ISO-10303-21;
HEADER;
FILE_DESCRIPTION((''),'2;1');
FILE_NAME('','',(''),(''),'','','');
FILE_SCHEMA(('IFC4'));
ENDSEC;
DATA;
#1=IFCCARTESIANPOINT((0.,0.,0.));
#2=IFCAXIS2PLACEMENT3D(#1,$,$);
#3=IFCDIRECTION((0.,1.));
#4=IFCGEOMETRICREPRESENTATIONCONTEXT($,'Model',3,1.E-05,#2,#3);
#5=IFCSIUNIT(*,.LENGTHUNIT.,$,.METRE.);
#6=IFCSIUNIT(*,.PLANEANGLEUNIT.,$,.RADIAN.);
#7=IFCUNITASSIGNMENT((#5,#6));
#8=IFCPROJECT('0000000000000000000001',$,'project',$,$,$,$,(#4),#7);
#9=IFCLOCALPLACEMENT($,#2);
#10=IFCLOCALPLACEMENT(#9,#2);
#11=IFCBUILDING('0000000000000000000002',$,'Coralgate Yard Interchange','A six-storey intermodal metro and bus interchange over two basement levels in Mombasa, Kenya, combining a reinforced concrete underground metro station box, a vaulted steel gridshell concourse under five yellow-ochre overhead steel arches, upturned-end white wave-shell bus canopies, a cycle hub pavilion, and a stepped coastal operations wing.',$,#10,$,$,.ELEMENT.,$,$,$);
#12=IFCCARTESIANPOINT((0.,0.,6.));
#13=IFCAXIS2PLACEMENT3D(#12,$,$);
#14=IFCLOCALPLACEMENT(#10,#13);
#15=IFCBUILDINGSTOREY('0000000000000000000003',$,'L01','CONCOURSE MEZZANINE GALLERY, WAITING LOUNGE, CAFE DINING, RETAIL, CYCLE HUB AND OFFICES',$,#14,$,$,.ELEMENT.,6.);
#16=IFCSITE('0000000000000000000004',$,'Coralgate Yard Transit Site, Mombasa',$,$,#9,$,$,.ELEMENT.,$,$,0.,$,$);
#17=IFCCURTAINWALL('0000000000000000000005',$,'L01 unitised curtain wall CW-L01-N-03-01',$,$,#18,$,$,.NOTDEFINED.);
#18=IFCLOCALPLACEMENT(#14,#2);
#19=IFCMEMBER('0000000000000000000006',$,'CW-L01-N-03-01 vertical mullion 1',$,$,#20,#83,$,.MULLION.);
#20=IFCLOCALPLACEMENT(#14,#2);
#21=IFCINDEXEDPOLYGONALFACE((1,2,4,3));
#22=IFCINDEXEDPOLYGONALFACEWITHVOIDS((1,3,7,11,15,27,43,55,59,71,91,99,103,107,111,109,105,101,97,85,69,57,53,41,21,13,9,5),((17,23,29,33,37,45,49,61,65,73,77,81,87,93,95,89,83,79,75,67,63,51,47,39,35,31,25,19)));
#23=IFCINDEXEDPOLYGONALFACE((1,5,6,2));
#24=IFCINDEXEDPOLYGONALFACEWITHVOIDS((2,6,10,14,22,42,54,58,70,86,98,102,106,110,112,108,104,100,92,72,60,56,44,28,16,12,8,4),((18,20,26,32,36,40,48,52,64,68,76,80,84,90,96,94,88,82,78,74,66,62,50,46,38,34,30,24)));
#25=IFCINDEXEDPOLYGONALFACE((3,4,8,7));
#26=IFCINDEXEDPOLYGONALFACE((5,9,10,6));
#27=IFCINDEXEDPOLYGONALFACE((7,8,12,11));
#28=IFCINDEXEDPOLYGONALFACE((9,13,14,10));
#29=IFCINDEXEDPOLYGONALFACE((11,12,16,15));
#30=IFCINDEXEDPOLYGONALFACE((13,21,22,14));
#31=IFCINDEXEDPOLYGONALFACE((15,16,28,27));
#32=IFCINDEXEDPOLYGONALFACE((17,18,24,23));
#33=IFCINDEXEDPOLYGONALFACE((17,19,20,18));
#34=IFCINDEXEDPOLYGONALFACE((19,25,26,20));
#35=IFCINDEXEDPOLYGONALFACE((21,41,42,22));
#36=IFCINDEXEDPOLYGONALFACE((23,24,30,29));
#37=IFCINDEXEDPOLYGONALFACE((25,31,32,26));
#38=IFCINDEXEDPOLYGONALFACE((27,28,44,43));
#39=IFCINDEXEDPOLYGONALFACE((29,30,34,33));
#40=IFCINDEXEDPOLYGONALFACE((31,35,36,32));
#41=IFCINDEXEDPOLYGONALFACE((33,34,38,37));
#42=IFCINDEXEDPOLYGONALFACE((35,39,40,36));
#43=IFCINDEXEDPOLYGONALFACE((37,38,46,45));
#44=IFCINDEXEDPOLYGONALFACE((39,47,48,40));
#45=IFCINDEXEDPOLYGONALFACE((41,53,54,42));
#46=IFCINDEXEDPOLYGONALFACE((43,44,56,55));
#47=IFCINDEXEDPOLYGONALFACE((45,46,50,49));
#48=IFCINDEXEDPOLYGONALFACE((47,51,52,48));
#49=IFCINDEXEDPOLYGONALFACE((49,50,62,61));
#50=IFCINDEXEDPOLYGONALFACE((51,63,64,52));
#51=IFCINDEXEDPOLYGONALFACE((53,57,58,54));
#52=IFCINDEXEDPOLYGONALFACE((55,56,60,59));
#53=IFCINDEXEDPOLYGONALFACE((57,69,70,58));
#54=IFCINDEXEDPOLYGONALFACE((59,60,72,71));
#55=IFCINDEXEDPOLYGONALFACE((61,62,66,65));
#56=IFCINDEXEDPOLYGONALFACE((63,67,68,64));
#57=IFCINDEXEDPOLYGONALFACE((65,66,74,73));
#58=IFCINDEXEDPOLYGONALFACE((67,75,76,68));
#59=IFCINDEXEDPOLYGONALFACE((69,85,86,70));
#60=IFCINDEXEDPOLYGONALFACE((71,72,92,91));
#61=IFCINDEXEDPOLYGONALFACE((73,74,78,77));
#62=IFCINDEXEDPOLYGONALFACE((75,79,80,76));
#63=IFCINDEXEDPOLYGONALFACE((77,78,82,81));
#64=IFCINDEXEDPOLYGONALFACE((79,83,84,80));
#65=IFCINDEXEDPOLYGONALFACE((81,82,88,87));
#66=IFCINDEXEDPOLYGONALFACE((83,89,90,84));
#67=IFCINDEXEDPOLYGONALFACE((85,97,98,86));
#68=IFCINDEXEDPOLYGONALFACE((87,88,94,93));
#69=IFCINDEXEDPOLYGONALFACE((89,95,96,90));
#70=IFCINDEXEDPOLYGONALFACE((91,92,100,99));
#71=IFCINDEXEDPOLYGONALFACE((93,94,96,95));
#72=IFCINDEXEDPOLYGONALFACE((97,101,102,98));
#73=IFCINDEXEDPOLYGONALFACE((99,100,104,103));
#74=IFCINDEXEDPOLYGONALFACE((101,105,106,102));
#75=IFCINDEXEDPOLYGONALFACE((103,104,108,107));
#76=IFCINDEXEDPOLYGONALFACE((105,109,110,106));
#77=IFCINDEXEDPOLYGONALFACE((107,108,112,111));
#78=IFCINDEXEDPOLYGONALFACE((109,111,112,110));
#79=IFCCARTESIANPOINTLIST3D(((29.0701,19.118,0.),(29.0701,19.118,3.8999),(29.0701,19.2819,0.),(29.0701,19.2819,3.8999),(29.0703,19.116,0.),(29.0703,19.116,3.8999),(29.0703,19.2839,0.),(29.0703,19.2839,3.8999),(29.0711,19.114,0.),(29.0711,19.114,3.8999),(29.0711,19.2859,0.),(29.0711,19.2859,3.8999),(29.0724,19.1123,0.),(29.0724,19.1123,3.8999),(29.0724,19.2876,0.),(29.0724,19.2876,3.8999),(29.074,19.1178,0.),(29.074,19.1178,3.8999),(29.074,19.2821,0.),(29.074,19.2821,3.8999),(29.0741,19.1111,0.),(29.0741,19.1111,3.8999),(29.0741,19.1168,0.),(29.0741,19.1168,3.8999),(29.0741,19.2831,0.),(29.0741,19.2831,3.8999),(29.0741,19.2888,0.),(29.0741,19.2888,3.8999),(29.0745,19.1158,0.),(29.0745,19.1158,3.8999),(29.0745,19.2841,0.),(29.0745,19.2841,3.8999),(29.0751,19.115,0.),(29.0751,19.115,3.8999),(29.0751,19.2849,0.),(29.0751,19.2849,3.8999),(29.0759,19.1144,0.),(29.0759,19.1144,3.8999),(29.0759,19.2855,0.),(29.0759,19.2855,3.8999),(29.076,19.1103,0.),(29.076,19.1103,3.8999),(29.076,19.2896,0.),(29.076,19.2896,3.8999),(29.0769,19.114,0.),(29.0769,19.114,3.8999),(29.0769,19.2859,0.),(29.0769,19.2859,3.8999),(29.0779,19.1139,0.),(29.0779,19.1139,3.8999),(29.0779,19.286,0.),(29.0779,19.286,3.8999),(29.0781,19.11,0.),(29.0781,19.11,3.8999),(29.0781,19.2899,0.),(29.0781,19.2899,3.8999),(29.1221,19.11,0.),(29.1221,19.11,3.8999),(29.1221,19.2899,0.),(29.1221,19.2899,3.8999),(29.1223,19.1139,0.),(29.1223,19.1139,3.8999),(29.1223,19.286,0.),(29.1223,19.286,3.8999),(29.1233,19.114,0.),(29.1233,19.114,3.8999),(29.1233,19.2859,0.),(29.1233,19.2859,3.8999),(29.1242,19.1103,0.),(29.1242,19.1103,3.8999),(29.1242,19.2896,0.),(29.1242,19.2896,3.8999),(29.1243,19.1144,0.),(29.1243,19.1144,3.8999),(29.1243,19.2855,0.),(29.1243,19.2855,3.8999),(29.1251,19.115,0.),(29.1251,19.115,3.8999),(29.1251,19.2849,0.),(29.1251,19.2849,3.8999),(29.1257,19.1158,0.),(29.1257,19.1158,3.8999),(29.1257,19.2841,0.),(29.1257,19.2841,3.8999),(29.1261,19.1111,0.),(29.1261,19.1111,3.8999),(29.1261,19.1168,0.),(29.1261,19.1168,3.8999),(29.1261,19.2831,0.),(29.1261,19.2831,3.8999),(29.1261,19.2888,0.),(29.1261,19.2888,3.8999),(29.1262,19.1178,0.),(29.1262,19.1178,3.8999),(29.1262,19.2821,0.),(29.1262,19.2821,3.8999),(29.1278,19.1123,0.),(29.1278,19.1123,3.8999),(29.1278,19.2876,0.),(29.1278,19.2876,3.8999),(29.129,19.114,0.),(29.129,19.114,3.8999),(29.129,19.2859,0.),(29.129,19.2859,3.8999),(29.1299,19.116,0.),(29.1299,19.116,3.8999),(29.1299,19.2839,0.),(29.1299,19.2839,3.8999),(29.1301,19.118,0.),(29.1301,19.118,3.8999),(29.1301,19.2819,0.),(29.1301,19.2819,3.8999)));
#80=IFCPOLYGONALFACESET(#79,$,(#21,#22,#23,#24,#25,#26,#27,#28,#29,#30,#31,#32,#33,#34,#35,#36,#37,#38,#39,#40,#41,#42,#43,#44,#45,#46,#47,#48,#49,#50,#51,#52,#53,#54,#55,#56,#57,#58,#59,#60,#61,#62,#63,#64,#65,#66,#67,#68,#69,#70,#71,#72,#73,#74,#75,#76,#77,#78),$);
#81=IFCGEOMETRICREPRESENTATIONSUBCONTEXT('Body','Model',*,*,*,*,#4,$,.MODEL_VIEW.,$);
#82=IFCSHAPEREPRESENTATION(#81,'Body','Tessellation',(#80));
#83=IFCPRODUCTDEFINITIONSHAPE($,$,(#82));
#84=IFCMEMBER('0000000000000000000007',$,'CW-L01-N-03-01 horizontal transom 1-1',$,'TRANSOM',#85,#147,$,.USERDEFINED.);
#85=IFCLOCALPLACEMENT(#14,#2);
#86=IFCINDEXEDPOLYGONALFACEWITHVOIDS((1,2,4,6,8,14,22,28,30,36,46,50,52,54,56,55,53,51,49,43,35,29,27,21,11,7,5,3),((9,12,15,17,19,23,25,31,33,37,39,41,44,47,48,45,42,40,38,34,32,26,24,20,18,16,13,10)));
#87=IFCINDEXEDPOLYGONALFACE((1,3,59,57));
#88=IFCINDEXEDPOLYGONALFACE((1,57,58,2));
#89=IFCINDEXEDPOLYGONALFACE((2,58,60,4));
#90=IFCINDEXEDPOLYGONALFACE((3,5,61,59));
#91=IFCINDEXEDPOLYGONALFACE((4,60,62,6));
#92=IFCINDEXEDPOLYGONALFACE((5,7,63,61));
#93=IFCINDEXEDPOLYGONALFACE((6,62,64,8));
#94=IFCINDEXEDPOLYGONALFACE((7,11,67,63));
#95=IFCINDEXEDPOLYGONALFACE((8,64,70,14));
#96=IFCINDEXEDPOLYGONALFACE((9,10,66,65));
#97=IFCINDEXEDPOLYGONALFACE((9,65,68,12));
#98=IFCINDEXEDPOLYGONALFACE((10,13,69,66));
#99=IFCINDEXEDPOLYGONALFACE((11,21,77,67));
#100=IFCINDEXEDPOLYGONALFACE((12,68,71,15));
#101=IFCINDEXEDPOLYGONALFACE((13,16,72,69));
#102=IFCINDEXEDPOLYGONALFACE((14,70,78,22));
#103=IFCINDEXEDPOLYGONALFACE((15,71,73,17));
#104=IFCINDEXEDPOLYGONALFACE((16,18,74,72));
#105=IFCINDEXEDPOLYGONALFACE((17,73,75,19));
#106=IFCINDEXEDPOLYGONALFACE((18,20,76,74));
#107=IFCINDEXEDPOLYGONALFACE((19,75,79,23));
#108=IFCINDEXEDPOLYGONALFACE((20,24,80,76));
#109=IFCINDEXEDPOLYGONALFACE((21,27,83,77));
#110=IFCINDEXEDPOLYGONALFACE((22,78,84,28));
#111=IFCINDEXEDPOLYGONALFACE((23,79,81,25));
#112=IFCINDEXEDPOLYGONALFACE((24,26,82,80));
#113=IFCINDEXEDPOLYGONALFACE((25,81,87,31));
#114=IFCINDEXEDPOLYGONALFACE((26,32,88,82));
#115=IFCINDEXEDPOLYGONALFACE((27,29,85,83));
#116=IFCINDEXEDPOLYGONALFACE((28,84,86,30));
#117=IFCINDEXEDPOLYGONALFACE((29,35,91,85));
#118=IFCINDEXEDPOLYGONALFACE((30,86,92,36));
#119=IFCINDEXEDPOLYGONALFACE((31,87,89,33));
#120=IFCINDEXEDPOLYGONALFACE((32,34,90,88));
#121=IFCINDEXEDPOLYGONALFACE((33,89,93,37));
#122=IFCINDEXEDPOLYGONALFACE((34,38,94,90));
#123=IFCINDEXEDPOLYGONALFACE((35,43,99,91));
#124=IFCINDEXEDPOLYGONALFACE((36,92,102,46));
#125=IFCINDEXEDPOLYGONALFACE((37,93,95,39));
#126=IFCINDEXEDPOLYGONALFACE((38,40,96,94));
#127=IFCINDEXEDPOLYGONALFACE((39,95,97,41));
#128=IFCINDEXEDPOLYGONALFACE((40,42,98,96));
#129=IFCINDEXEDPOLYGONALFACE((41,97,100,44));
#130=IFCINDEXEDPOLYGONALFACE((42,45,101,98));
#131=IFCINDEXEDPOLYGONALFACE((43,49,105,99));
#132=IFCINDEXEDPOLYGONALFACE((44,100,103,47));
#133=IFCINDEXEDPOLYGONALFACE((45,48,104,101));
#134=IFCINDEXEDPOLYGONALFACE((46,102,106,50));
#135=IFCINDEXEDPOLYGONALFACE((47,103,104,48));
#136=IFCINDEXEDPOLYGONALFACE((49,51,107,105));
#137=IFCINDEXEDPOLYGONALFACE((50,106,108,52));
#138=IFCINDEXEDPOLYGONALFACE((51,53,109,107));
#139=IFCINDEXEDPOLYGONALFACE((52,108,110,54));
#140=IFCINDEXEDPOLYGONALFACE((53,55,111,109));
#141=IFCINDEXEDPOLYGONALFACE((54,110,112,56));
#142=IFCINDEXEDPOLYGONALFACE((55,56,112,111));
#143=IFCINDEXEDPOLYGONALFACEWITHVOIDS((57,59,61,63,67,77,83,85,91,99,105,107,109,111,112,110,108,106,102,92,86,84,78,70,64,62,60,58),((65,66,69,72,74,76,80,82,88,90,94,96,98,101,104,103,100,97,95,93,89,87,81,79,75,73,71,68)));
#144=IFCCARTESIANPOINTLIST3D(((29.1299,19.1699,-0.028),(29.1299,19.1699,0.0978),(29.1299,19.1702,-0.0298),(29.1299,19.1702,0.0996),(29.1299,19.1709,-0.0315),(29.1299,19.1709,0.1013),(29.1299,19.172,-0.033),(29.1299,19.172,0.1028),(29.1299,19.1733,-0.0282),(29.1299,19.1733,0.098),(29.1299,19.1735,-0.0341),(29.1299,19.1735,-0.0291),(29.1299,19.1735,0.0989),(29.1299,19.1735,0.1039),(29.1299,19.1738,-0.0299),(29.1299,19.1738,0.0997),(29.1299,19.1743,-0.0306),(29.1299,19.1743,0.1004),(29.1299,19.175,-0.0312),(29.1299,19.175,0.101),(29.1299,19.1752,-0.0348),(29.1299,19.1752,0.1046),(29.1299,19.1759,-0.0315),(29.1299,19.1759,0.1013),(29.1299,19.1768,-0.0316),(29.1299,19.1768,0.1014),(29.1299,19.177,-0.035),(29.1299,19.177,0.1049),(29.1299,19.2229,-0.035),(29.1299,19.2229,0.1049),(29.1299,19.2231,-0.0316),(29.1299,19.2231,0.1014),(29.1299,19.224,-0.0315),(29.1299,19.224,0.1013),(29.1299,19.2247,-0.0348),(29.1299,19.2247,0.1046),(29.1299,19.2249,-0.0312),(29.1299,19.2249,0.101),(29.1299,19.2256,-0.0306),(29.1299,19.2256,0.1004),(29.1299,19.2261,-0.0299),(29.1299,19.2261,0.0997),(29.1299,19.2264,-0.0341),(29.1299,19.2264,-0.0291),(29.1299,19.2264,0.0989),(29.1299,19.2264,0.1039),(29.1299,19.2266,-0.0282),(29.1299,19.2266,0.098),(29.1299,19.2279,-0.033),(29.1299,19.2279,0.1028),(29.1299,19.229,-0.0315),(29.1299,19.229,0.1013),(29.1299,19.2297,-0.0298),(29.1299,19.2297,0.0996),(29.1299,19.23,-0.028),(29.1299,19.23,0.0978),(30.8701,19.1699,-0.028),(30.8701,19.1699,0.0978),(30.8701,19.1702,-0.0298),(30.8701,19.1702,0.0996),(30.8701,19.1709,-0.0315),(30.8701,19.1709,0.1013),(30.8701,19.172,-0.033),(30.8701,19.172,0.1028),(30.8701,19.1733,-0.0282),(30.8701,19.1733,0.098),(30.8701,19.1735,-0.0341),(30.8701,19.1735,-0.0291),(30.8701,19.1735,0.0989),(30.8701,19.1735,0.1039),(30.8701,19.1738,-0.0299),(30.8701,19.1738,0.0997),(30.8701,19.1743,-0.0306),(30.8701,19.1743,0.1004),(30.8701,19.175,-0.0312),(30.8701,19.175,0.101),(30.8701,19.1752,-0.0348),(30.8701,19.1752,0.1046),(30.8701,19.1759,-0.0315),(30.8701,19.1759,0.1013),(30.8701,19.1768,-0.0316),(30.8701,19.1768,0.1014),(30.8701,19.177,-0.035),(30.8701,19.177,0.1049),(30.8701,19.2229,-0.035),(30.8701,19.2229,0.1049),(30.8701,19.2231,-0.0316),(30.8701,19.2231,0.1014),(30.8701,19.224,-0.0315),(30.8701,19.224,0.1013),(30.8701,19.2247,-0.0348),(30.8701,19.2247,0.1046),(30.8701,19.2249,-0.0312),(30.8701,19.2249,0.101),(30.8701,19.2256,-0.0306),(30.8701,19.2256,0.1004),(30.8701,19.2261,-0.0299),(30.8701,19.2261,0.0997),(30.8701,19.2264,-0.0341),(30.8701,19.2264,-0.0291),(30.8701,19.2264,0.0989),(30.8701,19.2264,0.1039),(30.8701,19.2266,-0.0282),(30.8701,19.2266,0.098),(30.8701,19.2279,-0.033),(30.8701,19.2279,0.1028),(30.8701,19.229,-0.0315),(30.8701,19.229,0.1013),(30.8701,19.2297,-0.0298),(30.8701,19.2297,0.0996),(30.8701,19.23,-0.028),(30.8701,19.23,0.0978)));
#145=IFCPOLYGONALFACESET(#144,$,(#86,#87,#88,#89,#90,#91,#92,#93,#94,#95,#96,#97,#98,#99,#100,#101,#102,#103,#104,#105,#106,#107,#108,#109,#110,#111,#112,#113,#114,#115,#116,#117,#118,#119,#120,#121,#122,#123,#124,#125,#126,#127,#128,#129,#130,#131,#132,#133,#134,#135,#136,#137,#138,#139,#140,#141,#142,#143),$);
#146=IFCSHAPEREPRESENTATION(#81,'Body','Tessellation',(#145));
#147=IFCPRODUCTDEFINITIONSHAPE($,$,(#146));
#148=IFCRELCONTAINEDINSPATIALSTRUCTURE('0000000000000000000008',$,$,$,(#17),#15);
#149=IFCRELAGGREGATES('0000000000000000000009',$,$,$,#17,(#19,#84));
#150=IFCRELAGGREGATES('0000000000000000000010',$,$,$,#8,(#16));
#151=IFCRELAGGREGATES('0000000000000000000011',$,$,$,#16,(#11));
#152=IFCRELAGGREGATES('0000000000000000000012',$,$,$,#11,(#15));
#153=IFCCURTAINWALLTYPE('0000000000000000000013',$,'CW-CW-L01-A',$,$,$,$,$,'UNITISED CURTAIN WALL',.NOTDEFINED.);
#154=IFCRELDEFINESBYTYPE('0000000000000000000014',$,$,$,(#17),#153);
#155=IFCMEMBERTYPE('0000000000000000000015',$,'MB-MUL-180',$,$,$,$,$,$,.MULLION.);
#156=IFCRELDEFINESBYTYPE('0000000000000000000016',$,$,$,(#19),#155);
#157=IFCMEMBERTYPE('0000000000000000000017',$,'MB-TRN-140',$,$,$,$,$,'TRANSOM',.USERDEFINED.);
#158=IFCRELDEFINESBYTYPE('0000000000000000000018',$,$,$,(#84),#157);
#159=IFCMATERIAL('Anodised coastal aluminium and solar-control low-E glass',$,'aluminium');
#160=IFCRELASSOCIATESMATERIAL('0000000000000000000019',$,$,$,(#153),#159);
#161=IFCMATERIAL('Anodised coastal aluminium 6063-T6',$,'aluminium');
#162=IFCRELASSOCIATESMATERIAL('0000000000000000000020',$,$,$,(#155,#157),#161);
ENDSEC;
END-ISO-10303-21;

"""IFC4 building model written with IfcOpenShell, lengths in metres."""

from ifc_helpers import new_model, si_unit, direction, frame, origin, origin_2d, place, context, subcontext, project, spatial, hollow_rectangle, extrude, material, material_profile, profile_set, type_object, element, aggregate, save


model = new_model("IFC4")

# Units and contexts
model_context = context("Model", 3, precision=1e-05, world=origin(), true_north=direction((0.0, 1.0)))
body_context = subcontext(model_context, "Body", "Model", "MODEL_VIEW")
ifc_project = project(units=[si_unit("LENGTHUNIT", "METRE"), si_unit("PLANEANGLEUNIT", "RADIAN")], contexts=[model_context])

# Site, building, storey
site_placement = place(None, origin())
site = spatial("IfcSite", under=ifc_project, at=site_placement, Name="Coralgate Yard Transit Site, Mombasa", CompositionType="ELEMENT", RefElevation=0.0)
building_placement = place(site_placement, origin())
building = spatial("IfcBuilding", under=site, at=building_placement, Name="Coralgate Yard Interchange", Description="A six-storey intermodal metro and bus interchange over two basement levels in Mombasa, Kenya, combining a reinforced concrete underground metro station box, a vaulted steel gridshell concourse under five yellow-ochre overhead steel arches, upturned-end white wave-shell bus canopies, a cycle hub pavilion, and a stepped coastal operations wing.", CompositionType="ELEMENT")
storey_placement = place(building_placement, frame((0.0, 0.0, 6.0)))
storey = spatial("IfcBuildingStorey", under=building, at=storey_placement, Name="L01", Description="CONCOURSE MEZZANINE GALLERY, WAITING LOUNGE, CAFE DINING, RETAIL, CYCLE HUB AND OFFICES", CompositionType="ELEMENT", Elevation=6.0)

# Curtain wall, members
ifc_material_1 = material(Name="Anodised coastal aluminium and solar-control low-E glass", Category="aluminium")
curtain_wall_type = type_object("IfcCurtainWallType", Name="CW-CW-L01-A", ElementType="UNITISED CURTAIN WALL", PredefinedType="NOTDEFINED", material=ifc_material_1)
curtain_wall_placement = place(storey_placement, origin())
curtain_wall = element("IfcCurtainWall", 1, at=curtain_wall_placement, inside=storey, type_object=curtain_wall_type, Name="L01 unitised curtain wall CW-L01-N-03-01", PredefinedType="NOTDEFINED")
ifc_material_2 = material(Name="Anodised coastal aluminium 6063-T6", Category="aluminium")
ifc_material_profile_1 = material_profile(ifc_material_2, hollow_rectangle(XDim=0.0601, YDim=0.1799, WallThickness=0.0039, InnerFilletRadius=0.0039, OuterFilletRadius=0.0081, at=origin_2d()), Name="ALU 60x180x4")
ifc_profile_set_1 = profile_set([ifc_material_profile_1], Name="Anodised coastal aluminium 6063-T6")
member_type_1 = type_object("IfcMemberType", Name="MB-MUL-180", PredefinedType="MULLION", material=ifc_profile_set_1)
member_1_placement = place(storey_placement, frame((29.1001, 19.2, 0.0), z_axis=(0.0, 0.0, 1.0), x_axis=(1.0, 0.0, 0.0)))
member_1 = element("IfcMember", 2, at=member_1_placement, type_object=member_type_1, Name="CW-L01-N-03-01 vertical mullion 1", PredefinedType="MULLION", context=body_context, shape_type="SweptSolid", body=[
    extrude(hollow_rectangle(XDim=0.0601, YDim=0.1799, WallThickness=0.0039, InnerFilletRadius=0.0039, OuterFilletRadius=0.0081, at=origin_2d()), origin(), (0.0, 0.0, 1.0), 3.8999),
])
ifc_material_profile_2 = material_profile(ifc_material_2, hollow_rectangle(XDim=0.0601, YDim=0.1399, WallThickness=0.0034, InnerFilletRadius=0.0034, OuterFilletRadius=0.0071, at=origin_2d()), Name="ALU 60x140x3.5")
ifc_profile_set_2 = profile_set([ifc_material_profile_2], Name="Anodised coastal aluminium 6063-T6")
member_type_2 = type_object("IfcMemberType", Name="MB-TRN-140", ElementType="TRANSOM", PredefinedType="USERDEFINED", material=ifc_profile_set_2)
member_2_placement = place(storey_placement, frame((29.1299, 19.2, 0.0349), z_axis=(1.0, 0.0, 0.0), x_axis=(0.0, 1.0, 0.0)))
member_2 = element("IfcMember", 3, at=member_2_placement, type_object=member_type_2, Name="CW-L01-N-03-01 horizontal transom 1-1", ObjectType="TRANSOM", PredefinedType="USERDEFINED", context=body_context, shape_type="SweptSolid", body=[
    extrude(hollow_rectangle(XDim=0.0601, YDim=0.1399, WallThickness=0.0034, InnerFilletRadius=0.0034, OuterFilletRadius=0.0071, at=origin_2d()), origin(), (0.0, 0.0, 1.0), 1.7402),
])
aggregate(curtain_wall, [member_1, member_2])

save(model, "model.ifc")
